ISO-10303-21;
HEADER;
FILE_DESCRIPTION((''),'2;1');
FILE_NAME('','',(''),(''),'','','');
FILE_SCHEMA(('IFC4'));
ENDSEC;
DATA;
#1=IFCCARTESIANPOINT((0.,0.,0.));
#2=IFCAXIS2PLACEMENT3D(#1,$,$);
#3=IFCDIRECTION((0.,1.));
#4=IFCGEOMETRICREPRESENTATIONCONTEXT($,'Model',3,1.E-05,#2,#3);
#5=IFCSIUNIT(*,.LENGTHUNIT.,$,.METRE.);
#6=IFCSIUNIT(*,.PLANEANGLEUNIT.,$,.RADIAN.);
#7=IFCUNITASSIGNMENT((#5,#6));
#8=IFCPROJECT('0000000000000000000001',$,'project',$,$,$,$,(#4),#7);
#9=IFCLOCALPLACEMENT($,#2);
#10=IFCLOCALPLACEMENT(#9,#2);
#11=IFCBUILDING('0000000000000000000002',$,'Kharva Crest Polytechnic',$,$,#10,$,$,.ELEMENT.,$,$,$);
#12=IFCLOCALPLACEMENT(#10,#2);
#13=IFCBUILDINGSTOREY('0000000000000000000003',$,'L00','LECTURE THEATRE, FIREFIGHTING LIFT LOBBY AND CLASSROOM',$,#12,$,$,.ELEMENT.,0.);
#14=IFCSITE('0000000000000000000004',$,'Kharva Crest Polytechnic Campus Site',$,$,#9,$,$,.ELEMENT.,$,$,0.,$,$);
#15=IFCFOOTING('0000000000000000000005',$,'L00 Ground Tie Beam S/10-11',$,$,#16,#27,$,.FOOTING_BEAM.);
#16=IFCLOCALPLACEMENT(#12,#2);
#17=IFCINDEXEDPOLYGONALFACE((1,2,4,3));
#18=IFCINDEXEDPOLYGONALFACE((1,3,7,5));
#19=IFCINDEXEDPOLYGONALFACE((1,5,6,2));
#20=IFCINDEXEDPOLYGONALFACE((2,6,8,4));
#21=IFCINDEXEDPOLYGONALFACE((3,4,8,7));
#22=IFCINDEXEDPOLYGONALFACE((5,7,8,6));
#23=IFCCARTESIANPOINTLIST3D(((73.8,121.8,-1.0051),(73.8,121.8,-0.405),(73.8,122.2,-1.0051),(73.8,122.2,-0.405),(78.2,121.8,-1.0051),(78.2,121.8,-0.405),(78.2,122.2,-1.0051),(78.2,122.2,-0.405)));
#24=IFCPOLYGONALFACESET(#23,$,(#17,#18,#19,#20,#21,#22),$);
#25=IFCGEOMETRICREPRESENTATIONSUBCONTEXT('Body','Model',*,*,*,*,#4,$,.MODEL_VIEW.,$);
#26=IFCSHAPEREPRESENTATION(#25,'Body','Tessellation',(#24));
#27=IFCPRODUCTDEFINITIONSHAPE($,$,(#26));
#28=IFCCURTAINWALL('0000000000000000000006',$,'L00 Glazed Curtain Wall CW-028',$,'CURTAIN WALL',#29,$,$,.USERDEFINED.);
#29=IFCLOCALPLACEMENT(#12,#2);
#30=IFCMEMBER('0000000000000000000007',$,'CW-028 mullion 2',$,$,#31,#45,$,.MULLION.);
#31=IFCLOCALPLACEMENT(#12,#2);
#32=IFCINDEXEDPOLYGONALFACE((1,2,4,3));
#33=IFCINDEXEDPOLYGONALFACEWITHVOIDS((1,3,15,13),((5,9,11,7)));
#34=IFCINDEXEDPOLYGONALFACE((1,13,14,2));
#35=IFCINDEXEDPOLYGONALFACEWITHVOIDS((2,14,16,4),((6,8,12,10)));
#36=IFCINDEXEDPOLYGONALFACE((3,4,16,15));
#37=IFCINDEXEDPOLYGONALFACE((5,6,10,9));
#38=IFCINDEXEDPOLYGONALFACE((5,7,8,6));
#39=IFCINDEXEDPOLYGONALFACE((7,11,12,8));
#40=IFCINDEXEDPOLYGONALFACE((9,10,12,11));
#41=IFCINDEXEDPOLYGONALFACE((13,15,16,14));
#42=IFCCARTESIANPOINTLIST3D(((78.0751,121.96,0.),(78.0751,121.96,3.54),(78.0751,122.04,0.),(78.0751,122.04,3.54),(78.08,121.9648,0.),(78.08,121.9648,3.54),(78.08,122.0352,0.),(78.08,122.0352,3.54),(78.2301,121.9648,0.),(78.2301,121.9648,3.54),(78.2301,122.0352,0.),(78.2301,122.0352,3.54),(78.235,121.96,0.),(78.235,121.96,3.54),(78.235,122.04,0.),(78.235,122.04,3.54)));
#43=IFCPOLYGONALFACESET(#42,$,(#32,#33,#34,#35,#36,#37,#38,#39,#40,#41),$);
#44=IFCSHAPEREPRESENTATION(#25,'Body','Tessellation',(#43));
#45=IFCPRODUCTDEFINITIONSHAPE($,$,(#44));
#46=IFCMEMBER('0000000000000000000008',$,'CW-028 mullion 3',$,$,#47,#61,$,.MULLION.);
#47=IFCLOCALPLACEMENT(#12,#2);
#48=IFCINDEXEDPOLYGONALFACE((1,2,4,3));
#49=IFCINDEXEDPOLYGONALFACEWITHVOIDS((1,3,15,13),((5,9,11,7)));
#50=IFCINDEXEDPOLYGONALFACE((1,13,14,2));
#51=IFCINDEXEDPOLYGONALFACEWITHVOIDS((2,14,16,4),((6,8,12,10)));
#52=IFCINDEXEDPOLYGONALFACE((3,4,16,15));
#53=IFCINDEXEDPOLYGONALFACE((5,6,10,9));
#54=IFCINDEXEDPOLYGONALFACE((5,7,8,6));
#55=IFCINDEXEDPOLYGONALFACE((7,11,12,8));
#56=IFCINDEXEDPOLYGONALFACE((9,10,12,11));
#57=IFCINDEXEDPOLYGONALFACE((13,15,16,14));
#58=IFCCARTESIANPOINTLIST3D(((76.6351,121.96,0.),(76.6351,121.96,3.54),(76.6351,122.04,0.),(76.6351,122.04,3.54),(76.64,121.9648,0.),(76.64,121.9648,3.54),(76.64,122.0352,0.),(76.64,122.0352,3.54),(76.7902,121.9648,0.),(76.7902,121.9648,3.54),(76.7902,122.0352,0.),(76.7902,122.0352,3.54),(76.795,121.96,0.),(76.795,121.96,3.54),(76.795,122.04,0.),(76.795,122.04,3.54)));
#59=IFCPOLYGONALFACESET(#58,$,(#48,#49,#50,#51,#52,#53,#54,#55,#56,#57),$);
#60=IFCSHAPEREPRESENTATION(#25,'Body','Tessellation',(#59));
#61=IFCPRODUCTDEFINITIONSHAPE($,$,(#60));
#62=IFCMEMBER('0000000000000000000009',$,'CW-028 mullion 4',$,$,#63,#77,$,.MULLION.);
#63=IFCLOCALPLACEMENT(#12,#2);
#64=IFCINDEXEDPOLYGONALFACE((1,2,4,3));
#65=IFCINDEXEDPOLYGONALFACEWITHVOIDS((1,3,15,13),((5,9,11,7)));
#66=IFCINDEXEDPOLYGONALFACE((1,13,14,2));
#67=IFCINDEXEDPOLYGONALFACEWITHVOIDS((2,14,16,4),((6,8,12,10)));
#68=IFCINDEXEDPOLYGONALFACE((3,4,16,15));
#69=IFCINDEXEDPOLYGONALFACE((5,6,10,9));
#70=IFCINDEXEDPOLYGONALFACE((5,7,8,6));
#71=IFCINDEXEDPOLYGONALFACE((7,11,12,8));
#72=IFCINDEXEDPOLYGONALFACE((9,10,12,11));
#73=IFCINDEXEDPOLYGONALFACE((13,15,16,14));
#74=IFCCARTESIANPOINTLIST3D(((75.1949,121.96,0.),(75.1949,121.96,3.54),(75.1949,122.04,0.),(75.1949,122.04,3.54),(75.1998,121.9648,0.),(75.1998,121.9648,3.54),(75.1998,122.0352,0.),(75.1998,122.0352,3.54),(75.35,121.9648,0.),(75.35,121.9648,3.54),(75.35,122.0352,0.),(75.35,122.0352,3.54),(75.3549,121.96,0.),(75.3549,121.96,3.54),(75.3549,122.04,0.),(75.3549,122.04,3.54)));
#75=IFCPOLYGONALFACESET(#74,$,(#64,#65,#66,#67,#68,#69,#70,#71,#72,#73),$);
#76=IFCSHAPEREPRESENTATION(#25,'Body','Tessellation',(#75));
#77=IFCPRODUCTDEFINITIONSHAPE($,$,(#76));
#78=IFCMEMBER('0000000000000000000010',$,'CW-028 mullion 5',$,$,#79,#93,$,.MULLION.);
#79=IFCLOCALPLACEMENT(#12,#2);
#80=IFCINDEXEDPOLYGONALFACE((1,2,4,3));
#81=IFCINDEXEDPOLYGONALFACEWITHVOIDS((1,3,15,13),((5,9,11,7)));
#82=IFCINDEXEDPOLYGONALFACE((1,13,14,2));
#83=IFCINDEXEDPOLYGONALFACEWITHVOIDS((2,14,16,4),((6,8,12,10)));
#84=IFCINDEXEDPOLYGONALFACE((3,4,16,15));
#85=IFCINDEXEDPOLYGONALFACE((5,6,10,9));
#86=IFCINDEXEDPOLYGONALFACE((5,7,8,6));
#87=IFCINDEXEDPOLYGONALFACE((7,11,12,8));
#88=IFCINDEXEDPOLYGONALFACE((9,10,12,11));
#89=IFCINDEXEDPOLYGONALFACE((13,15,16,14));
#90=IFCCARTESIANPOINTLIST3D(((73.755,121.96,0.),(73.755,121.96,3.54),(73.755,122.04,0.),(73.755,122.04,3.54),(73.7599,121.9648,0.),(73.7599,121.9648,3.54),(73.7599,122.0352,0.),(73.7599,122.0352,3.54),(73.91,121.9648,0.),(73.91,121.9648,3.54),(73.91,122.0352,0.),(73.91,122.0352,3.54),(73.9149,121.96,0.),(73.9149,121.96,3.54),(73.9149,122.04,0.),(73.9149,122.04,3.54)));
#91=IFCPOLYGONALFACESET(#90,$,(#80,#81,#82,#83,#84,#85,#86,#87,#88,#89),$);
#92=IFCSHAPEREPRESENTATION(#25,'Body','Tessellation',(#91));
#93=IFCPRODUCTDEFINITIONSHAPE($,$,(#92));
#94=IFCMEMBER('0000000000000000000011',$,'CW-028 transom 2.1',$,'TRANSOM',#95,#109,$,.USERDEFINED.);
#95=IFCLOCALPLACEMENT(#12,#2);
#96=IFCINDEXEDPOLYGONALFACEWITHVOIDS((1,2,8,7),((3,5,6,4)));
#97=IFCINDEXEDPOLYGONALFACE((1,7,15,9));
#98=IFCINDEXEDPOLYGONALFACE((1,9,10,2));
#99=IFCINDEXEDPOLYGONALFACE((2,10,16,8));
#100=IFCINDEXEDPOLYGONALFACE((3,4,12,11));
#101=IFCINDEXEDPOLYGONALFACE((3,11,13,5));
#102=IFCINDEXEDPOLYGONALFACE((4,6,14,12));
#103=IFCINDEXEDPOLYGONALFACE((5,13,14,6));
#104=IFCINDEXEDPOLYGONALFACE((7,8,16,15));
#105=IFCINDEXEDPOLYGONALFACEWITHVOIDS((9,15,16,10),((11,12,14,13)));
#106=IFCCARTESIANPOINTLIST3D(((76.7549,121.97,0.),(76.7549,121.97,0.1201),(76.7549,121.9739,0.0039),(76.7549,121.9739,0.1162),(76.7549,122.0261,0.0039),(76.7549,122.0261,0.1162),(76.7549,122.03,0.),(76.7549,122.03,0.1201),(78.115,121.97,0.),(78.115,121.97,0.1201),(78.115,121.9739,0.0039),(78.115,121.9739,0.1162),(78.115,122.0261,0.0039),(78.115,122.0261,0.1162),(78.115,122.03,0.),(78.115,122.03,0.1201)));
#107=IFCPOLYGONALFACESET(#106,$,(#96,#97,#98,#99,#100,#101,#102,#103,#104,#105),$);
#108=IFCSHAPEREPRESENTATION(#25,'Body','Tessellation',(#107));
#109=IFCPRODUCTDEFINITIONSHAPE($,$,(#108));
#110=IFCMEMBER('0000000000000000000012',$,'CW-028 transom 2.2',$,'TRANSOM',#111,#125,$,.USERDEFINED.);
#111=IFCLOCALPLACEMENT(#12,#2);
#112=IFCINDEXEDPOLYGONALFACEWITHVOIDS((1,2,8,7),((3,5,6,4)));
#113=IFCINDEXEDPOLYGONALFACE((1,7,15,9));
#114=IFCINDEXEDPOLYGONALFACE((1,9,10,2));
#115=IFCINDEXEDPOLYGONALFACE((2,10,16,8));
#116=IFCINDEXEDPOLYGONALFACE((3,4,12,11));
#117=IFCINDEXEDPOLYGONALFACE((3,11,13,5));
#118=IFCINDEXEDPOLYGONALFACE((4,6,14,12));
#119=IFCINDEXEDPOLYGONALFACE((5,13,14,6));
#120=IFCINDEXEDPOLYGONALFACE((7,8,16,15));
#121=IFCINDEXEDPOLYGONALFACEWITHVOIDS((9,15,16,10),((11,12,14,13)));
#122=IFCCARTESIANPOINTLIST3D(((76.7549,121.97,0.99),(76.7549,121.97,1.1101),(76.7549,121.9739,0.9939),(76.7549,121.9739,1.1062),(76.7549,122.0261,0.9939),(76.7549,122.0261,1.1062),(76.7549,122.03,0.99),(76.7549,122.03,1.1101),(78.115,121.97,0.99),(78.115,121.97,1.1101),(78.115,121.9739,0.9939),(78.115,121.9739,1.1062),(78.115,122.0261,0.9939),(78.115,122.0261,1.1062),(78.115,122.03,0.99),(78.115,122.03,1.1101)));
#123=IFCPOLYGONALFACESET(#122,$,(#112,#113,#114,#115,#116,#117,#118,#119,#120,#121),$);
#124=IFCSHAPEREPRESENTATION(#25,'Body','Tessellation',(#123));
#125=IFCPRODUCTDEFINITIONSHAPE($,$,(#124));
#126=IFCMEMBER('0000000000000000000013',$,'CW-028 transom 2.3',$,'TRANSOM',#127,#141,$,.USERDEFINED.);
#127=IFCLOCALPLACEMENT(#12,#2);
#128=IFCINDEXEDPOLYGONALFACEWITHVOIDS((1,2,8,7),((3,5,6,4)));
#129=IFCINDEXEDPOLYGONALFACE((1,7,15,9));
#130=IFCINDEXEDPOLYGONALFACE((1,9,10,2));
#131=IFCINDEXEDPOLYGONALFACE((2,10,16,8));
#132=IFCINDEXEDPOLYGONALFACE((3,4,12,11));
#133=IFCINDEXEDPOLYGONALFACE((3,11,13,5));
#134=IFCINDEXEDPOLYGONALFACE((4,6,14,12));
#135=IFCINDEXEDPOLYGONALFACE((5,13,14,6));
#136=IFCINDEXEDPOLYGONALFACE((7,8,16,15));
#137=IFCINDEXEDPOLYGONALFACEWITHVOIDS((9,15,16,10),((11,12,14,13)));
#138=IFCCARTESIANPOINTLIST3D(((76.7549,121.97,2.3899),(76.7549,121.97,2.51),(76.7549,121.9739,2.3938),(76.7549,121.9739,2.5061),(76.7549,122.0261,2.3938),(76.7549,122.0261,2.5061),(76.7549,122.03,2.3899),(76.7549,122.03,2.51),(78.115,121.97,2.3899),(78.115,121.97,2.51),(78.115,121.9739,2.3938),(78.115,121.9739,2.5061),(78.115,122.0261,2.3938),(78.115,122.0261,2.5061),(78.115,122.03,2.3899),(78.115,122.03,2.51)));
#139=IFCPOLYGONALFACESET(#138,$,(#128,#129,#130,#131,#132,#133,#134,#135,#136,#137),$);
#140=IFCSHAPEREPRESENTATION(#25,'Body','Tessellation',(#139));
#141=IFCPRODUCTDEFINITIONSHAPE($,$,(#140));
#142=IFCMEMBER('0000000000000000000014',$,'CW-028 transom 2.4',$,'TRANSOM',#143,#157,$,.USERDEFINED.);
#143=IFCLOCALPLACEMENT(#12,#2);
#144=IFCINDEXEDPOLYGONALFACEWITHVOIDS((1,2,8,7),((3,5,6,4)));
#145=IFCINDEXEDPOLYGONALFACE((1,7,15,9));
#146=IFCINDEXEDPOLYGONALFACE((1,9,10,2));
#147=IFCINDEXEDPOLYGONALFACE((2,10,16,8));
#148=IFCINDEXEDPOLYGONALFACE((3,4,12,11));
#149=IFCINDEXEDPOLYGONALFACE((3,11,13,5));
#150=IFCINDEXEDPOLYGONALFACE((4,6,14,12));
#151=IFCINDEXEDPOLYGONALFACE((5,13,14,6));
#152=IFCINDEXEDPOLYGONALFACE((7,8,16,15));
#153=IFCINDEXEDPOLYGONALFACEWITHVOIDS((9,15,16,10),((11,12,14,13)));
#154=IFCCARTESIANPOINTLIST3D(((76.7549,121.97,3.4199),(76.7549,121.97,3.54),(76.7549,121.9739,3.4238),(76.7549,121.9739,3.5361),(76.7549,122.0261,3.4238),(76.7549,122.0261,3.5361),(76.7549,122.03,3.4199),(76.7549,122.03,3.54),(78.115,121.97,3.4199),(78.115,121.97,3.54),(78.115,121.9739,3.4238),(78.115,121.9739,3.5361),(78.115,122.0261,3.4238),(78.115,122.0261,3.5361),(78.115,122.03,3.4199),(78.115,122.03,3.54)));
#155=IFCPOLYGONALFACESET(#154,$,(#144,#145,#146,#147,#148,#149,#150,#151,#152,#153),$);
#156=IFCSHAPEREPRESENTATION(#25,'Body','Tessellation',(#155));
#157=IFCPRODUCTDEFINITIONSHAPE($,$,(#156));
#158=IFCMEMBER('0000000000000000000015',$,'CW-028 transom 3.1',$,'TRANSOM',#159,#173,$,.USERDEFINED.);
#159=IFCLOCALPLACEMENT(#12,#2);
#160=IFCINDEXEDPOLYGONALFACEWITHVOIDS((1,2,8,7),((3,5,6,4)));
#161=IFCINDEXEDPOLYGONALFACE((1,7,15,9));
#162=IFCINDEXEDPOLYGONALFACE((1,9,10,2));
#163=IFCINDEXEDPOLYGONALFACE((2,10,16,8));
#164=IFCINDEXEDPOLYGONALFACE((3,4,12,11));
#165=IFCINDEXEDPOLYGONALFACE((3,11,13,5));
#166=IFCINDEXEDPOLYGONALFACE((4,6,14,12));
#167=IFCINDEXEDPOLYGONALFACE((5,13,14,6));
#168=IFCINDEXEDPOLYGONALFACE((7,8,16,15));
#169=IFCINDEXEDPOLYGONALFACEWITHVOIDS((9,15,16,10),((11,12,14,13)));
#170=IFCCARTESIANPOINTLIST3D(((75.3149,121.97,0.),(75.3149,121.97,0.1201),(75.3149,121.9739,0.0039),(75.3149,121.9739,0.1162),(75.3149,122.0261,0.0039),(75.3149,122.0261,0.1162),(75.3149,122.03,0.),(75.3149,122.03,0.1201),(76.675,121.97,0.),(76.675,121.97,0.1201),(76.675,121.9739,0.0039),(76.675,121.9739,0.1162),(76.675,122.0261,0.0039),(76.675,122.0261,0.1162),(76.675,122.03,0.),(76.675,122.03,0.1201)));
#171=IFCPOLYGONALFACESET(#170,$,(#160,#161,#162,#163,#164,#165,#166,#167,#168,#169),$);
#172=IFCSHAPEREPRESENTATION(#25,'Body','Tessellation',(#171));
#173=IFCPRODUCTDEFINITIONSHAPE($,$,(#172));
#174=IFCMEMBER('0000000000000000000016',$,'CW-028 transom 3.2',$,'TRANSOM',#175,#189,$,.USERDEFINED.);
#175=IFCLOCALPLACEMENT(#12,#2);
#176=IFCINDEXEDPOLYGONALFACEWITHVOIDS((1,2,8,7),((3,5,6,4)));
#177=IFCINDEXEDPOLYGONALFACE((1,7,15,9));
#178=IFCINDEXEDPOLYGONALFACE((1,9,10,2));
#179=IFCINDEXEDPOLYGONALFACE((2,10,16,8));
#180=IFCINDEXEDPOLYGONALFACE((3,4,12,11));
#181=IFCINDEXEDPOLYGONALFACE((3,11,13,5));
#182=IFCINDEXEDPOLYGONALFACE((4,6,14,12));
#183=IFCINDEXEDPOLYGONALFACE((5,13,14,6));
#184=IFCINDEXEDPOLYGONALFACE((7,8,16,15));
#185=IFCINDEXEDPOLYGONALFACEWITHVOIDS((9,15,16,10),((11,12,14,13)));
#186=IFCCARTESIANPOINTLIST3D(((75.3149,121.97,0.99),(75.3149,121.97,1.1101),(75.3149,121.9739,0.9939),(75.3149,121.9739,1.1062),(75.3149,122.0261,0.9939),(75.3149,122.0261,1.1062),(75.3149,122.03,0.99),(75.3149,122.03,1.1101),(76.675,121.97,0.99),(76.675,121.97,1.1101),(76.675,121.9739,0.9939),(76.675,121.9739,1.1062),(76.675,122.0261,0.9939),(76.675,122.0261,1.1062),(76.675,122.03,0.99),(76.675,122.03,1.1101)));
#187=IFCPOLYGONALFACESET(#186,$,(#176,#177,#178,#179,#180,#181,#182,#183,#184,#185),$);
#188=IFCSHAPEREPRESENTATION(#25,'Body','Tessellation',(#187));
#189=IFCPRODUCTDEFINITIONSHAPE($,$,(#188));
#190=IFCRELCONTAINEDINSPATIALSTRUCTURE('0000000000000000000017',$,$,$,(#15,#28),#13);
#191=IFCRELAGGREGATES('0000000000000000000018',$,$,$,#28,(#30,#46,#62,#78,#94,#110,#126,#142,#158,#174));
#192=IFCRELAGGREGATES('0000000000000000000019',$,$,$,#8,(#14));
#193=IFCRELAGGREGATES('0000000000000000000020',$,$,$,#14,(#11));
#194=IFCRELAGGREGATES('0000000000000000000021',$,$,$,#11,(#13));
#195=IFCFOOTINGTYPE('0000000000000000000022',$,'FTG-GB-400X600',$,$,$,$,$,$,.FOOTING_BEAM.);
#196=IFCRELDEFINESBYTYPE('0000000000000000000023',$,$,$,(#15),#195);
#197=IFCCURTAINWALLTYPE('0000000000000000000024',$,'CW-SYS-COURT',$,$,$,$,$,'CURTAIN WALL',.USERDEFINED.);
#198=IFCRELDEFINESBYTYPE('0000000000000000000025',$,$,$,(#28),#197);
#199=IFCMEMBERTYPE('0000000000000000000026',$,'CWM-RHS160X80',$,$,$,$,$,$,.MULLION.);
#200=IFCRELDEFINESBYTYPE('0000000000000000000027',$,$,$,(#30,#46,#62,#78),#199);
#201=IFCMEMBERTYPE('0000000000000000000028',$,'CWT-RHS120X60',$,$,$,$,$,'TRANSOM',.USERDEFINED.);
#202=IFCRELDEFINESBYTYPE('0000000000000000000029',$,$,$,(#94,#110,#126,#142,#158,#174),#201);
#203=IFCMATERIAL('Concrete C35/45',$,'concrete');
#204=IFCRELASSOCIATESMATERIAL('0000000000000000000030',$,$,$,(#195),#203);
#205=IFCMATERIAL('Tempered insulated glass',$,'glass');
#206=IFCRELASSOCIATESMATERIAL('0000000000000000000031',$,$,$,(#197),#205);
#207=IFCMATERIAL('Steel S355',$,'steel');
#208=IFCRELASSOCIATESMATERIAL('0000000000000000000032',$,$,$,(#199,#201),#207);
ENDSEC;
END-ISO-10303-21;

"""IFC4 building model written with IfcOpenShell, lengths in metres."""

from ifc_helpers import new_model, si_unit, direction, frame, origin, origin_2d, place, context, subcontext, project, spatial, rectangle, hollow_rectangle, extrude, material, material_profile, profile_set, type_object, element, aggregate, save


model = new_model("IFC4")

# Units and contexts
model_context = context("Model", 3, precision=1e-05, world=origin(), true_north=direction((0.0, 1.0)))
body_context = subcontext(model_context, "Body", "Model", "MODEL_VIEW")
ifc_project = project(units=[si_unit("LENGTHUNIT", "METRE"), si_unit("PLANEANGLEUNIT", "RADIAN")], contexts=[model_context])

# Site, building, storey
site_placement = place(None, origin())
site = spatial("IfcSite", under=ifc_project, at=site_placement, Name="Kharva Crest Polytechnic Campus Site", CompositionType="ELEMENT", RefElevation=0.0)
building_placement = place(site_placement, origin())
building = spatial("IfcBuilding", under=site, at=building_placement, Name="Kharva Crest Polytechnic", CompositionType="ELEMENT")
storey_placement = place(building_placement, origin())
storey = spatial("IfcBuildingStorey", under=building, at=storey_placement, Name="L00", Description="LECTURE THEATRE, FIREFIGHTING LIFT LOBBY AND CLASSROOM", CompositionType="ELEMENT", Elevation=0.0)

# Footing
ifc_material_1 = material(Name="Concrete C35/45", Category="concrete")
footing_type = type_object("IfcFootingType", Name="FTG-GB-400X600", PredefinedType="FOOTING_BEAM", material=ifc_material_1)
footing_placement = place(storey_placement, frame((76.0, 122.0, -1.0051), z_axis=(0.0, 0.0, 1.0), x_axis=(1.0, 0.0, 0.0)))
element("IfcFooting", 1, at=footing_placement, inside=storey, type_object=footing_type, Name="L00 Ground Tie Beam S/10-11", PredefinedType="FOOTING_BEAM", context=body_context, shape_type="SweptSolid", body=[
    extrude(rectangle(XDim=4.3999, YDim=0.3999, at=origin_2d()), origin(), (0.0, 0.0, 1.0), 0.6001),
])

# Curtain wall, members
ifc_material_2 = material(Name="Tempered insulated glass", Category="glass")
curtain_wall_type = type_object("IfcCurtainWallType", Name="CW-SYS-COURT", ElementType="CURTAIN WALL", PredefinedType="USERDEFINED", material=ifc_material_2)
curtain_wall_placement = place(storey_placement, origin())
curtain_wall = element("IfcCurtainWall", 2, at=curtain_wall_placement, inside=storey, type_object=curtain_wall_type, Name="L00 Glazed Curtain Wall CW-028", ObjectType="CURTAIN WALL", PredefinedType="USERDEFINED")
ifc_material_3 = material(Name="Steel S355", Category="steel")
ifc_material_profile_1 = material_profile(ifc_material_3, hollow_rectangle(XDim=0.0801, YDim=0.1599, WallThickness=0.0049, at=origin_2d()), Name="RHS 160X80X5.0")
ifc_profile_set_1 = profile_set([ifc_material_profile_1], Name="Steel S355")
member_type_1 = type_object("IfcMemberType", Name="CWM-RHS160X80", PredefinedType="MULLION", material=ifc_profile_set_1)
member_1_placement = place(storey_placement, frame((78.155, 122.0, 0.0), z_axis=(0.0, 0.0, 1.0), x_axis=(0.0, -1.0, 0.0)))
member_1 = element("IfcMember", 3, at=member_1_placement, type_object=member_type_1, Name="CW-028 mullion 2", PredefinedType="MULLION", context=body_context, shape_type="SweptSolid", body=[
    extrude(hollow_rectangle(XDim=0.0801, YDim=0.1599, WallThickness=0.0049, at=origin_2d()), origin(), (0.0, 0.0, 1.0), 3.54),
])
member_2_placement = place(storey_placement, frame((76.7151, 122.0, 0.0), z_axis=(0.0, 0.0, 1.0), x_axis=(0.0, -1.0, 0.0)))
member_2 = element("IfcMember", 4, at=member_2_placement, type_object=member_type_1, Name="CW-028 mullion 3", PredefinedType="MULLION", context=body_context, shape_type="SweptSolid", body=[
    extrude(hollow_rectangle(XDim=0.0801, YDim=0.1599, WallThickness=0.0049, at=origin_2d()), origin(), (0.0, 0.0, 1.0), 3.54),
])
member_3_placement = place(storey_placement, frame((75.2749, 122.0, 0.0), z_axis=(0.0, 0.0, 1.0), x_axis=(0.0, -1.0, 0.0)))
member_3 = element("IfcMember", 5, at=member_3_placement, type_object=member_type_1, Name="CW-028 mullion 4", PredefinedType="MULLION", context=body_context, shape_type="SweptSolid", body=[
    extrude(hollow_rectangle(XDim=0.0801, YDim=0.1599, WallThickness=0.0049, at=origin_2d()), origin(), (0.0, 0.0, 1.0), 3.54),
])
member_4_placement = place(storey_placement, frame((73.835, 122.0, 0.0), z_axis=(0.0, 0.0, 1.0), x_axis=(0.0, -1.0, 0.0)))
member_4 = element("IfcMember", 6, at=member_4_placement, type_object=member_type_1, Name="CW-028 mullion 5", PredefinedType="MULLION", context=body_context, shape_type="SweptSolid", body=[
    extrude(hollow_rectangle(XDim=0.0801, YDim=0.1599, WallThickness=0.0049, at=origin_2d()), origin(), (0.0, 0.0, 1.0), 3.54),
])
ifc_material_profile_2 = material_profile(ifc_material_3, hollow_rectangle(XDim=0.0601, YDim=0.1201, WallThickness=0.0039, at=origin_2d()), Name="RHS 120X60X4.0")
ifc_profile_set_2 = profile_set([ifc_material_profile_2], Name="Steel S355")
member_type_2 = type_object("IfcMemberType", Name="CWT-RHS120X60", ElementType="TRANSOM", PredefinedType="USERDEFINED", material=ifc_profile_set_2)
member_5_placement = place(storey_placement, frame((78.115, 122.0, 0.0601), z_axis=(-1.0, 0.0, 0.0), x_axis=(0.0, -1.0, 0.0)))
member_5 = element("IfcMember", 7, at=member_5_placement, type_object=member_type_2, Name="CW-028 transom 2.1", ObjectType="TRANSOM", PredefinedType="USERDEFINED", context=body_context, shape_type="SweptSolid", body=[
    extrude(hollow_rectangle(XDim=0.0601, YDim=0.1201, WallThickness=0.0039, at=origin_2d()), origin(), (0.0, 0.0, 1.0), 1.3601),
])
member_6_placement = place(storey_placement, frame((78.115, 122.0, 1.05), z_axis=(-1.0, 0.0, 0.0), x_axis=(0.0, -1.0, 0.0)))
member_6 = element("IfcMember", 8, at=member_6_placement, type_object=member_type_2, Name="CW-028 transom 2.2", ObjectType="TRANSOM", PredefinedType="USERDEFINED", context=body_context, shape_type="SweptSolid", body=[
    extrude(hollow_rectangle(XDim=0.0601, YDim=0.1201, WallThickness=0.0039, at=origin_2d()), origin(), (0.0, 0.0, 1.0), 1.3601),
])
member_7_placement = place(storey_placement, frame((78.115, 122.0, 2.45), z_axis=(-1.0, 0.0, 0.0), x_axis=(0.0, -1.0, 0.0)))
member_7 = element("IfcMember", 9, at=member_7_placement, type_object=member_type_2, Name="CW-028 transom 2.3", ObjectType="TRANSOM", PredefinedType="USERDEFINED", context=body_context, shape_type="SweptSolid", body=[
    extrude(hollow_rectangle(XDim=0.0601, YDim=0.1201, WallThickness=0.0039, at=origin_2d()), origin(), (0.0, 0.0, 1.0), 1.3601),
])
member_8_placement = place(storey_placement, frame((78.115, 122.0, 3.48), z_axis=(-1.0, 0.0, 0.0), x_axis=(0.0, -1.0, 0.0)))
member_8 = element("IfcMember", 10, at=member_8_placement, type_object=member_type_2, Name="CW-028 transom 2.4", ObjectType="TRANSOM", PredefinedType="USERDEFINED", context=body_context, shape_type="SweptSolid", body=[
    extrude(hollow_rectangle(XDim=0.0601, YDim=0.1201, WallThickness=0.0039, at=origin_2d()), origin(), (0.0, 0.0, 1.0), 1.3601),
])
member_9_placement = place(storey_placement, frame((76.675, 122.0, 0.0601), z_axis=(-1.0, 0.0, 0.0), x_axis=(0.0, -1.0, 0.0)))
member_9 = element("IfcMember", 11, at=member_9_placement, type_object=member_type_2, Name="CW-028 transom 3.1", ObjectType="TRANSOM", PredefinedType="USERDEFINED", context=body_context, shape_type="SweptSolid", body=[
    extrude(hollow_rectangle(XDim=0.0601, YDim=0.1201, WallThickness=0.0039, at=origin_2d()), origin(), (0.0, 0.0, 1.0), 1.3601),
])
member_10_placement = place(storey_placement, frame((76.675, 122.0, 1.05), z_axis=(-1.0, 0.0, 0.0), x_axis=(0.0, -1.0, 0.0)))
member_10 = element("IfcMember", 12, at=member_10_placement, type_object=member_type_2, Name="CW-028 transom 3.2", ObjectType="TRANSOM", PredefinedType="USERDEFINED", context=body_context, shape_type="SweptSolid", body=[
    extrude(hollow_rectangle(XDim=0.0601, YDim=0.1201, WallThickness=0.0039, at=origin_2d()), origin(), (0.0, 0.0, 1.0), 1.3601),
])
aggregate(curtain_wall, [member_1, member_2, member_3, member_4, member_5, member_6, member_7, member_8, member_9, member_10])

save(model, "model.ifc")
